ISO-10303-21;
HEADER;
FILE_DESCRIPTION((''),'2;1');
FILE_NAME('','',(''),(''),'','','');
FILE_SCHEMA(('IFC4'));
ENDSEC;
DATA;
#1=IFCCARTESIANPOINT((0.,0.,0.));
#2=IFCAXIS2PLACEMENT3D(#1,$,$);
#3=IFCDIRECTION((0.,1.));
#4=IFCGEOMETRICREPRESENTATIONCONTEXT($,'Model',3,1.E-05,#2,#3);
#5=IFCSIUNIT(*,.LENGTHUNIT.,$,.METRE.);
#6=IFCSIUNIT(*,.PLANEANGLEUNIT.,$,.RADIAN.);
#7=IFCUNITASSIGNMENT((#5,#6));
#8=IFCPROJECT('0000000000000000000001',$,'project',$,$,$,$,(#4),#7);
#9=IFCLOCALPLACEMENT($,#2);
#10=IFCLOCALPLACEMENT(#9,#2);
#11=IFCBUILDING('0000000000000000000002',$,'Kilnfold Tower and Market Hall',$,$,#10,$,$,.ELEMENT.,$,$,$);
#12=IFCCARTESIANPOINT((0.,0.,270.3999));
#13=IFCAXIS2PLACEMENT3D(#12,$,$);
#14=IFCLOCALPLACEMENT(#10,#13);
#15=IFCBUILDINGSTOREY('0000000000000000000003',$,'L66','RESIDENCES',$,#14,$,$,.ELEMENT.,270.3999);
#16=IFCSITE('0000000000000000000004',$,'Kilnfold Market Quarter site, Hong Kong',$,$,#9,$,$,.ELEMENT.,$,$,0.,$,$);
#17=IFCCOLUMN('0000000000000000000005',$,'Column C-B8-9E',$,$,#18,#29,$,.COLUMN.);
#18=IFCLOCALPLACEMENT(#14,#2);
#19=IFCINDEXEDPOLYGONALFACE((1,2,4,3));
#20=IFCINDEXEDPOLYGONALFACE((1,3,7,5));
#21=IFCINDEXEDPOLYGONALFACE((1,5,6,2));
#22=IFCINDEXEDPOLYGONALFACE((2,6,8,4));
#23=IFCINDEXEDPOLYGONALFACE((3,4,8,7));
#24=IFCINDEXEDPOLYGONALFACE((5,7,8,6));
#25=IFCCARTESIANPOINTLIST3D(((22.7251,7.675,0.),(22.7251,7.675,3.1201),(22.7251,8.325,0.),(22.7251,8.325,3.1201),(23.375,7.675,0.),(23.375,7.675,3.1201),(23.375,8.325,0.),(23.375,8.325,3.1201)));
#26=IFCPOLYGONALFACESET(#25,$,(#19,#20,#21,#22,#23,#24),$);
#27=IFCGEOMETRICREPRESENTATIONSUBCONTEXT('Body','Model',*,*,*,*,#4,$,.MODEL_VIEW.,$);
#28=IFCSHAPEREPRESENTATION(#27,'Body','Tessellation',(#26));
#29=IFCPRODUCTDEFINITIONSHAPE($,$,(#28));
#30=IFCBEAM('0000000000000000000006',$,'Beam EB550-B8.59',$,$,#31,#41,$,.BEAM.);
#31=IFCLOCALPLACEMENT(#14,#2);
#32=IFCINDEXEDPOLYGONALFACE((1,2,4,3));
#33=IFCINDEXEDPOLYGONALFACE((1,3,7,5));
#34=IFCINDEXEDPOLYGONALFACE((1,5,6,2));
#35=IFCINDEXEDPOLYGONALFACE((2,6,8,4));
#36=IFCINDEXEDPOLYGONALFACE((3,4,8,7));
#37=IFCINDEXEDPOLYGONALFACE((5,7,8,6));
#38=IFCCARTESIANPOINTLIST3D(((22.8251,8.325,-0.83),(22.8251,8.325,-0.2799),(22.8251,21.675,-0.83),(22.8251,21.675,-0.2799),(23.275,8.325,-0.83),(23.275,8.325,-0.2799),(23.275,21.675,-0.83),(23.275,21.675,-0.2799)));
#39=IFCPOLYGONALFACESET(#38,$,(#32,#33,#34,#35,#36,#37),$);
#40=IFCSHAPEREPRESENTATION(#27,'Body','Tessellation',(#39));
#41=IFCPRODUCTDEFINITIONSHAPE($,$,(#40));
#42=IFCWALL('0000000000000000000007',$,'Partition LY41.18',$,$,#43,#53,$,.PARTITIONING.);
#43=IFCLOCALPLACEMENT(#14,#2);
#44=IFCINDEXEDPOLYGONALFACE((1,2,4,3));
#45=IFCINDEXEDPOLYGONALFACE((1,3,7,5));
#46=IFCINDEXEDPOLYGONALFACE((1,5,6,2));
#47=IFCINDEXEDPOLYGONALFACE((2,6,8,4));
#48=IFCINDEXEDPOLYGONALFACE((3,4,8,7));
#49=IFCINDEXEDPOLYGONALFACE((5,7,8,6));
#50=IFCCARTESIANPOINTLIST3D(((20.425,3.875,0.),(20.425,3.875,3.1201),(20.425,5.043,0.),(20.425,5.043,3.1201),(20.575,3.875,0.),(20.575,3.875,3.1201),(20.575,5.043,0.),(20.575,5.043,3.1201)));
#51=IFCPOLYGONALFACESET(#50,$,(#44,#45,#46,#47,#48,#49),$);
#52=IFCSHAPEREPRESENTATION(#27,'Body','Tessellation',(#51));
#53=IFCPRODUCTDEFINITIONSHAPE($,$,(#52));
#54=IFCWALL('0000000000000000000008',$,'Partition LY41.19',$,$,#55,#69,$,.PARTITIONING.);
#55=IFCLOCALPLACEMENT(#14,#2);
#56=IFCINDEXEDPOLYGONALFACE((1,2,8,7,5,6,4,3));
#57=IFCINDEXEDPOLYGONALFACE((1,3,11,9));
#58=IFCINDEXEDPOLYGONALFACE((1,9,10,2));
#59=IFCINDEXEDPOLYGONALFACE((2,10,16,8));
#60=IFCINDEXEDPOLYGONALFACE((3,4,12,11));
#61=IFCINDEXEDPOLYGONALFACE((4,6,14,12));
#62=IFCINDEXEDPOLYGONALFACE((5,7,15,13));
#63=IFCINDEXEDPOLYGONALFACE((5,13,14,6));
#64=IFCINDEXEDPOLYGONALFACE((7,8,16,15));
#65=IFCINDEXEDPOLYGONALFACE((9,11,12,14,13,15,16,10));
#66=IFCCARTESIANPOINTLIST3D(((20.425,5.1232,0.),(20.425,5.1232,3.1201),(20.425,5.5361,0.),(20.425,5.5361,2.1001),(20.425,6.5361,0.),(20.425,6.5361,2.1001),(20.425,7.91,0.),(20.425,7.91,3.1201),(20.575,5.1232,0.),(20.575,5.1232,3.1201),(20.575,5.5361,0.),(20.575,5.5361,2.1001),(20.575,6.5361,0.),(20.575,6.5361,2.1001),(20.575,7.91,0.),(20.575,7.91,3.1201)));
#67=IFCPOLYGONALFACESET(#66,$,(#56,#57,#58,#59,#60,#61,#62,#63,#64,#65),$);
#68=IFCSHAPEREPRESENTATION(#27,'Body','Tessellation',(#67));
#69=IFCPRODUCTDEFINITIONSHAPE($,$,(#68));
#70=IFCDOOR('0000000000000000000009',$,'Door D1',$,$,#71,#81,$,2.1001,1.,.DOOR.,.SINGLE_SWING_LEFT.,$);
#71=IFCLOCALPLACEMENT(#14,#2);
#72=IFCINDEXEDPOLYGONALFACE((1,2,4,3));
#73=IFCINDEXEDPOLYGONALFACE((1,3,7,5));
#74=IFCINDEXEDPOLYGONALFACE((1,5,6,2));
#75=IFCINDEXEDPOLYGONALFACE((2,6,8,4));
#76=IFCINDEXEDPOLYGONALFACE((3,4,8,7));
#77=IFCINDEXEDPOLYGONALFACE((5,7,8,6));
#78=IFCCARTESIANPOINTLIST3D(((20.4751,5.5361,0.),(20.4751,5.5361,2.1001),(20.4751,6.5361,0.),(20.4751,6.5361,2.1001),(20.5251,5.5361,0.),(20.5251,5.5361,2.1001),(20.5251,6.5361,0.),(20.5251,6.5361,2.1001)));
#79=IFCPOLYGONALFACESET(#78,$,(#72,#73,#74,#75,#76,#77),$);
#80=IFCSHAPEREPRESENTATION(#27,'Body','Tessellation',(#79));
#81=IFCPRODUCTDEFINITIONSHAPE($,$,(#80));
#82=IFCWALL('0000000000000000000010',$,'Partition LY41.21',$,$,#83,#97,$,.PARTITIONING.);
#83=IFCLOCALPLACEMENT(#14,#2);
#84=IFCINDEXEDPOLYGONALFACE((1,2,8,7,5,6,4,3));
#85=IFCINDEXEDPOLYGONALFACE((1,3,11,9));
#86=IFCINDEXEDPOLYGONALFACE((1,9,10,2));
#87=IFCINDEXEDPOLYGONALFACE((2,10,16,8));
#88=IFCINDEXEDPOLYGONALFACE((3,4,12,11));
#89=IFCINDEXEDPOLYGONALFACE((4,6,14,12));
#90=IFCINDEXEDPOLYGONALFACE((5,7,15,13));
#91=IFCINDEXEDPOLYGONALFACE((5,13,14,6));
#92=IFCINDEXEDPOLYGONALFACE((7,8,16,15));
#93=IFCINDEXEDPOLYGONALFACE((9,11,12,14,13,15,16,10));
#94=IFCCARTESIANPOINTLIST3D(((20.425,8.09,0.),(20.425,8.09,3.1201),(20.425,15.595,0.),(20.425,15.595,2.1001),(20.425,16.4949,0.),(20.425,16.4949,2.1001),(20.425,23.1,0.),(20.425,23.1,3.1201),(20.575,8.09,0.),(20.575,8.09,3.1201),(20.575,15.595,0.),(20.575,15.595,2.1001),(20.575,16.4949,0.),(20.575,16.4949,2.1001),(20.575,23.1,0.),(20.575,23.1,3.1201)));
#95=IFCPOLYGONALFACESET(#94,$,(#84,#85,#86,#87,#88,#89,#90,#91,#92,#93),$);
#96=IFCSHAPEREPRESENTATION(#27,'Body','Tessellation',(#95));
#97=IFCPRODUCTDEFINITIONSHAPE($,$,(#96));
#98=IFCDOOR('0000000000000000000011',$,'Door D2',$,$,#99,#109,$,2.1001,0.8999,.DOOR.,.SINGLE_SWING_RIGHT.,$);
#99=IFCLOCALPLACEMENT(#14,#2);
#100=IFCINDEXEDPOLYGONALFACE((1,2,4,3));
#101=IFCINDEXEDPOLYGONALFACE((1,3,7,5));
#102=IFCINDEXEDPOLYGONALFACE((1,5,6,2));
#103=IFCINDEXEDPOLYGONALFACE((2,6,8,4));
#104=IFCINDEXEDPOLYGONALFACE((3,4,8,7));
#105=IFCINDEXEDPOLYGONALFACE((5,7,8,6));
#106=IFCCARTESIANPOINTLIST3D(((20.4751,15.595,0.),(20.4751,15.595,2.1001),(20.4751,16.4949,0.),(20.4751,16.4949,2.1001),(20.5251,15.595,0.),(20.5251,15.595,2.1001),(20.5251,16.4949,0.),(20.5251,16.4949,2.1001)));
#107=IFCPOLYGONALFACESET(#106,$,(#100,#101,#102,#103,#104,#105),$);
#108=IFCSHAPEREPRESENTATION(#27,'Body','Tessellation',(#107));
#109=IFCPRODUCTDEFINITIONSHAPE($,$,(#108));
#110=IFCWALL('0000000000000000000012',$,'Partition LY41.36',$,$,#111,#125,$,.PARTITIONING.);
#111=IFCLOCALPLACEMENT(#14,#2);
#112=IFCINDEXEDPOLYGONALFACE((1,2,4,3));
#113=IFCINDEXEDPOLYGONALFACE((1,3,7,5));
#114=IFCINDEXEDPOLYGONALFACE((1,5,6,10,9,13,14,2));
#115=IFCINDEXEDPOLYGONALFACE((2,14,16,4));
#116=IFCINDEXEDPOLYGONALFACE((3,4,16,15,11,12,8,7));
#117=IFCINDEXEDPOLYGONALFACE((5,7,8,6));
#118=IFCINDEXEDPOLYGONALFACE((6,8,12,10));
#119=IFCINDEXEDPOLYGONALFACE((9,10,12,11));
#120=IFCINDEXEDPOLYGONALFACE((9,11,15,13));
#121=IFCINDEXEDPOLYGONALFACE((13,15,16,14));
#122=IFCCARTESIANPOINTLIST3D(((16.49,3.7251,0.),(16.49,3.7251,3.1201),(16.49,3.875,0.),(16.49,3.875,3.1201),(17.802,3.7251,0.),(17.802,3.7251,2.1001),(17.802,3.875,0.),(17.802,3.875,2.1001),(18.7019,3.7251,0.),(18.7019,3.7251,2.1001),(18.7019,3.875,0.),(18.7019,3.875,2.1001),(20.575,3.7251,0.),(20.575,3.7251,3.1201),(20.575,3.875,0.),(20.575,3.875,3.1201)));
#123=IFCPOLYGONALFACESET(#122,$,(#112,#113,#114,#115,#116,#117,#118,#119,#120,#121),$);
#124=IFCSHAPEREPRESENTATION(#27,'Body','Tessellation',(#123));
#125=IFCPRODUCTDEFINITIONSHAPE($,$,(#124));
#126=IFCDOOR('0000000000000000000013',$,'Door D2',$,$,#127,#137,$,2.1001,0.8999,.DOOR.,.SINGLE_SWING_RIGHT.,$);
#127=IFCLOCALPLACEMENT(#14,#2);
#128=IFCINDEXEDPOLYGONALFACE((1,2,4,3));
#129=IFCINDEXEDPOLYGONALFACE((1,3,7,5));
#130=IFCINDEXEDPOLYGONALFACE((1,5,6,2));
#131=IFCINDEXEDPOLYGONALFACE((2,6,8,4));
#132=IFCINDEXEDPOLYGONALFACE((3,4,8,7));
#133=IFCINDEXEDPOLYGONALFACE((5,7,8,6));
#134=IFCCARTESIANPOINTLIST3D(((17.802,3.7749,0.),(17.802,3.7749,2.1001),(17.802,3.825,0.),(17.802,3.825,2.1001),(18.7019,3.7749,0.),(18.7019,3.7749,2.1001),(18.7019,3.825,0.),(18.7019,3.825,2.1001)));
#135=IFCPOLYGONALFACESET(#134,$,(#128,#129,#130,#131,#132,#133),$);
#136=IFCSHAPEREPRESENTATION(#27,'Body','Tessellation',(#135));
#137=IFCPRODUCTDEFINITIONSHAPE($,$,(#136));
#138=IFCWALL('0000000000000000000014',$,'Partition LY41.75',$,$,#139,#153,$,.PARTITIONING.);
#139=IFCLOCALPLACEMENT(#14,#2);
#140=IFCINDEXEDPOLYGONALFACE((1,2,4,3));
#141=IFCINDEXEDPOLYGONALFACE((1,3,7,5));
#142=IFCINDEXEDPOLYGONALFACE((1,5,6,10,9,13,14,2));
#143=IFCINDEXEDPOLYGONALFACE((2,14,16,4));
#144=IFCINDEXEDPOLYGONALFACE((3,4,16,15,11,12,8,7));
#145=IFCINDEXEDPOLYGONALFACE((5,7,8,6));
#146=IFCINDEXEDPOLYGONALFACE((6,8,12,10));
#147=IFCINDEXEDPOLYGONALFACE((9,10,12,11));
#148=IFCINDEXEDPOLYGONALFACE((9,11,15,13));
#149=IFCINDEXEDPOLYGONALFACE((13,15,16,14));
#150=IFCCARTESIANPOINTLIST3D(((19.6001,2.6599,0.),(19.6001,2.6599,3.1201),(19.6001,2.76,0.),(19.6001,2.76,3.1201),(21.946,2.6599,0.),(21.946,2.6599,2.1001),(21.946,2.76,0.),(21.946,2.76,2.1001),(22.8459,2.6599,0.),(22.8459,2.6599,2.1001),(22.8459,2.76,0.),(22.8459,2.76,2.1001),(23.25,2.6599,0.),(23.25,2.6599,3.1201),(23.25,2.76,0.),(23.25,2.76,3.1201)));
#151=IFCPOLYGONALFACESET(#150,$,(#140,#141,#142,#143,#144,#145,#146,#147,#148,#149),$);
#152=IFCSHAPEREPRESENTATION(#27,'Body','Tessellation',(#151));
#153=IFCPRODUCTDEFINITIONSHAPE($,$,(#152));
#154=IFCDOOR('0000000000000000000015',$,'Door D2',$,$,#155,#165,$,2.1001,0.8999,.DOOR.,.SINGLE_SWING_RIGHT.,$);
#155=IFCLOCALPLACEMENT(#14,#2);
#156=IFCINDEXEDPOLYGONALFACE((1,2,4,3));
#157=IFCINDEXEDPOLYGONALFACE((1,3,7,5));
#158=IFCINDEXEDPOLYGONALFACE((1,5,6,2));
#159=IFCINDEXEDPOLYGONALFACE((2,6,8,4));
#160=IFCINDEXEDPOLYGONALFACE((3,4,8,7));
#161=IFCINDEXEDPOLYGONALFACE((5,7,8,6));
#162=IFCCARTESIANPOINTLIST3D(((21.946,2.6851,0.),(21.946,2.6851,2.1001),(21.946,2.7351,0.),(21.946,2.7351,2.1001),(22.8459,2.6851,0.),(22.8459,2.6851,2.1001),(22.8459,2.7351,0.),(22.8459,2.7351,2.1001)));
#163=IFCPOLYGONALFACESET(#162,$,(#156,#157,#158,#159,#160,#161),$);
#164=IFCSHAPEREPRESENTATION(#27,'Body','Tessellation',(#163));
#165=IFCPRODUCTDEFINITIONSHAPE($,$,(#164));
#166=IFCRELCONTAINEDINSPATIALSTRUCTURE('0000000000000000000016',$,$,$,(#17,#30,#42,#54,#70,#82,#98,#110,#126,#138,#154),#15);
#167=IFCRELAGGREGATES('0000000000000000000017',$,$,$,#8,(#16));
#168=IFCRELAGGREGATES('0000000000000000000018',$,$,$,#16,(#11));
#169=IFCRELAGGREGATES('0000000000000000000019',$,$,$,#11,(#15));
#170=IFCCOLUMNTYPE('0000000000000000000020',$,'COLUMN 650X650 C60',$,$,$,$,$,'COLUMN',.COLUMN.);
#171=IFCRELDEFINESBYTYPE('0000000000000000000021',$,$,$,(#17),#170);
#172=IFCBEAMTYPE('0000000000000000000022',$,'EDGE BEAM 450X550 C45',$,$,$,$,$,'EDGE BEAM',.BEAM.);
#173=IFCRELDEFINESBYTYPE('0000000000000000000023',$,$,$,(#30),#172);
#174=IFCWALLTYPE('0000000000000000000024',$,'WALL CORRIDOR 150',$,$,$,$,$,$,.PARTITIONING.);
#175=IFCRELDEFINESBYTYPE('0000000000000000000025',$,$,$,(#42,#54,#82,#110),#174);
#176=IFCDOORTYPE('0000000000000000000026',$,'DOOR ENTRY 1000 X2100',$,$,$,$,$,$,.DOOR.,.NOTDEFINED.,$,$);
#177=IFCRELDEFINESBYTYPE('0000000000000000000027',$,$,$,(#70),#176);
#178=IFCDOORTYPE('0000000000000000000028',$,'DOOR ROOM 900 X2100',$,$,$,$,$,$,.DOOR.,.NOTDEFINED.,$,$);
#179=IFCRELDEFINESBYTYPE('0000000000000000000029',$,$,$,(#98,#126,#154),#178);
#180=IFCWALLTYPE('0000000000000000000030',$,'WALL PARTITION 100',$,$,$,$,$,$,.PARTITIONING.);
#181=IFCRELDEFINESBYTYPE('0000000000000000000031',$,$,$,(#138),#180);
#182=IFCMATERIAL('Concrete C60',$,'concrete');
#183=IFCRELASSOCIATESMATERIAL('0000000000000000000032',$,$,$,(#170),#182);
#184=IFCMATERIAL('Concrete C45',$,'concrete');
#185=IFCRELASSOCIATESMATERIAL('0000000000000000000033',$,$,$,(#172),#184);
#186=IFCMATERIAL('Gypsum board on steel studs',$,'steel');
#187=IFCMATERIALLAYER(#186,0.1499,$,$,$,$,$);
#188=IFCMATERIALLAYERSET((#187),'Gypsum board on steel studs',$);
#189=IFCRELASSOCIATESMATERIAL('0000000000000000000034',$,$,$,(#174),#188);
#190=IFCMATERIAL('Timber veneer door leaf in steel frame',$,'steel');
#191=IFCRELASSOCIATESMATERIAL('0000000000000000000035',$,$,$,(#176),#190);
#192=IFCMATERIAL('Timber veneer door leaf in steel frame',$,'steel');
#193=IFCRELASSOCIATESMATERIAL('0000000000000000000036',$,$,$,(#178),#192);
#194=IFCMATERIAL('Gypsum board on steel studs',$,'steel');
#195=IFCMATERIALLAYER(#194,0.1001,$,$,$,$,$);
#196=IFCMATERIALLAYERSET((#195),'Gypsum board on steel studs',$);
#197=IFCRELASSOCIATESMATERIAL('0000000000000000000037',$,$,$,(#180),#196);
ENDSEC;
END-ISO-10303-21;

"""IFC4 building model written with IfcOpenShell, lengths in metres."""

from ifc_helpers import new_model, si_unit, direction, frame, frame_2d, origin, origin_2d, place, context, subcontext, project, spatial, rectangle, extrude, source, transform, mapped, material, layer, layer_set, material_profile, profile_set, type_object, element, fill, save


model = new_model("IFC4")

# Units and contexts
model_context = context("Model", 3, precision=1e-05, world=origin(), true_north=direction((0.0, 1.0)))
body_context = subcontext(model_context, "Body", "Model", "MODEL_VIEW")
ifc_project = project(units=[si_unit("LENGTHUNIT", "METRE"), si_unit("PLANEANGLEUNIT", "RADIAN")], contexts=[model_context])

# Site, building, storey
site_placement = place(None, origin())
site = spatial("IfcSite", under=ifc_project, at=site_placement, Name="Kilnfold Market Quarter site, Hong Kong", CompositionType="ELEMENT", RefElevation=0.0)
building_placement = place(site_placement, origin())
building = spatial("IfcBuilding", under=site, at=building_placement, Name="Kilnfold Tower and Market Hall", CompositionType="ELEMENT")
storey_placement = place(building_placement, frame((0.0, 0.0, 270.3999)))
storey = spatial("IfcBuildingStorey", under=building, at=storey_placement, Name="L66", Description="RESIDENCES", CompositionType="ELEMENT", Elevation=270.3999)

# Column
ifc_material_1 = material(Name="Concrete C60", Category="concrete")
ifc_material_profile_1 = material_profile(ifc_material_1, rectangle(XDim=0.6499, YDim=0.6499, at=origin_2d()), Name="RC 650x650")
ifc_profile_set_1 = profile_set([ifc_material_profile_1], Name="Concrete C60")
column_type = type_object("IfcColumnType", Name="COLUMN 650X650 C60", ElementType="COLUMN", PredefinedType="COLUMN", material=ifc_profile_set_1)
shared_shape_1 = source(origin(), body_context, "Body", "SweptSolid", [
    extrude(rectangle(XDim=0.6499, YDim=0.6499, at=origin_2d()), origin(), (0.0, 0.0, 1.0), 3.1201),
])
column_placement = place(storey_placement, frame((23.05, 8.0, 0.0), z_axis=(0.0, 0.0, 1.0), x_axis=(1.0, 0.0, 0.0)))
element("IfcColumn", 1, at=column_placement, inside=storey, type_object=column_type, Name="Column C-B8-9E", PredefinedType="COLUMN", context=body_context, shape_type="MappedRepresentation", body=[
    mapped(shared_shape_1, transform((0.0, 0.0, 0.0))),
])

# Beam
ifc_material_2 = material(Name="Concrete C45", Category="concrete")
ifc_material_profile_2 = material_profile(ifc_material_2, rectangle(XDim=0.45, YDim=0.55, at=origin_2d()), Name="RC 450x550")
ifc_profile_set_2 = profile_set([ifc_material_profile_2], Name="Concrete C45")
beam_type = type_object("IfcBeamType", Name="EDGE BEAM 450X550 C45", ElementType="EDGE BEAM", PredefinedType="BEAM", material=ifc_profile_set_2)
shared_shape_2 = source(origin(), body_context, "Body", "SweptSolid", [
    extrude(rectangle(XDim=0.45, YDim=0.55, at=origin_2d()), origin(), (0.0, 0.0, 1.0), 13.3501),
])
beam_placement = place(storey_placement, frame((23.05, 8.325, -0.5549), z_axis=(0.0, 1.0, 0.0), x_axis=(-1.0, 0.0, 0.0)))
element("IfcBeam", 2, at=beam_placement, inside=storey, type_object=beam_type, Name="Beam EB550-B8.59", PredefinedType="BEAM", context=body_context, shape_type="MappedRepresentation", body=[
    mapped(shared_shape_2, transform((0.0, 0.0, 0.0))),
])

# Wall
ifc_material_3 = material(Name="Gypsum board on steel studs", Category="steel")
ifc_layer_1 = layer(ifc_material_3, 0.1499)
ifc_layer_set_1 = layer_set([ifc_layer_1], Name="Gypsum board on steel studs")
wall_type_1 = type_object("IfcWallType", Name="WALL CORRIDOR 150", PredefinedType="PARTITIONING", material=ifc_layer_set_1)
wall_1_placement = place(storey_placement, frame((20.5, 3.875, 0.0), z_axis=(0.0, 0.0, 1.0), x_axis=(0.0, 1.0, 0.0)))
element("IfcWall", 3, at=wall_1_placement, inside=storey, type_object=wall_type_1, Name="Partition LY41.18", PredefinedType="PARTITIONING", context=body_context, shape_type="SweptSolid", body=[
    extrude(rectangle(XDim=1.168, YDim=0.1499, at=frame_2d((0.584, 0.0))), origin(), (0.0, 0.0, 1.0), 3.1201),
])

# Walls, openings, doors
wall_2_placement = place(storey_placement, frame((20.5, 5.123, 0.0), z_axis=(0.0, 0.0, 1.0), x_axis=(0.0, 1.0, 0.0)))
wall_2 = element("IfcWall", 4, at=wall_2_placement, inside=storey, type_object=wall_type_1, Name="Partition LY41.19", PredefinedType="PARTITIONING", context=body_context, shape_type="SweptSolid", body=[
    extrude(rectangle(XDim=2.7869, YDim=0.1499, at=frame_2d((1.3936, 0.0))), origin(), (0.0, 0.0, 1.0), 3.1201),
])
opening_1_placement = place(wall_2_placement, frame((0.4131, 0.0, 0.0)))
opening_1 = element("IfcOpeningElement", 5, at=opening_1_placement, cuts=wall_2, PredefinedType="OPENING", context=body_context, shape_type="SweptSolid", body=[
    extrude(rectangle(XDim=1.0, YDim=2.1001, at=frame_2d((0.5, 1.05))), frame((0.0, 0.085, 0.0), z_axis=(0.0, -1.0, 0.0), x_axis=(1.0, 0.0, 0.0)), (0.0, 0.0, 1.0), 0.1699),
])
ifc_material_4 = material(Name="Timber veneer door leaf in steel frame", Category="steel")
door_type_1 = type_object("IfcDoorType", Name="DOOR ENTRY 1000 X2100", OperationType="NOTDEFINED", PredefinedType="DOOR", material=ifc_material_4)
door_1_placement = place(opening_1_placement, origin())
door_1 = element("IfcDoor", 6, at=door_1_placement, inside=storey, type_object=door_type_1, Name="Door D1", OperationType="SINGLE_SWING_LEFT", OverallHeight=2.1001, OverallWidth=1.0, PredefinedType="DOOR", context=body_context, shape_type="SweptSolid", body=[
    extrude(rectangle(XDim=1.0, YDim=2.1001, at=frame_2d((0.5, 1.05))), frame((0.0, 0.0249, 0.0), z_axis=(0.0, -1.0, 0.0), x_axis=(1.0, 0.0, 0.0)), (0.0, 0.0, 1.0), 0.05),
])
fill(opening_1, door_1)
wall_3_placement = place(storey_placement, frame((20.5, 8.0901, 0.0), z_axis=(0.0, 0.0, 1.0), x_axis=(0.0, 1.0, 0.0)))
wall_3 = element("IfcWall", 7, at=wall_3_placement, inside=storey, type_object=wall_type_1, Name="Partition LY41.21", PredefinedType="PARTITIONING", context=body_context, shape_type="SweptSolid", body=[
    extrude(rectangle(XDim=15.01, YDim=0.1499, at=frame_2d((7.5049, 0.0))), origin(), (0.0, 0.0, 1.0), 3.1201),
])
opening_2_placement = place(wall_3_placement, frame((7.5049, 0.0, 0.0)))
opening_2 = element("IfcOpeningElement", 8, at=opening_2_placement, cuts=wall_3, PredefinedType="OPENING", context=body_context, shape_type="SweptSolid", body=[
    extrude(rectangle(XDim=0.8999, YDim=2.1001, at=frame_2d((0.45, 1.05))), frame((0.0, 0.085, 0.0), z_axis=(0.0, -1.0, 0.0), x_axis=(1.0, 0.0, 0.0)), (0.0, 0.0, 1.0), 0.1699),
])
ifc_material_5 = material(Name="Timber veneer door leaf in steel frame", Category="steel")
door_type_2 = type_object("IfcDoorType", Name="DOOR ROOM 900 X2100", OperationType="NOTDEFINED", PredefinedType="DOOR", material=ifc_material_5)
door_2_placement = place(opening_2_placement, origin())
door_2 = element("IfcDoor", 9, at=door_2_placement, inside=storey, type_object=door_type_2, Name="Door D2", OperationType="SINGLE_SWING_RIGHT", OverallHeight=2.1001, OverallWidth=0.8999, PredefinedType="DOOR", context=body_context, shape_type="SweptSolid", body=[
    extrude(rectangle(XDim=0.8999, YDim=2.1001, at=frame_2d((0.45, 1.05))), frame((0.0, 0.0249, 0.0), z_axis=(0.0, -1.0, 0.0), x_axis=(1.0, 0.0, 0.0)), (0.0, 0.0, 1.0), 0.05),
])
fill(opening_2, door_2)
wall_4_placement = place(storey_placement, frame((16.49, 3.8, 0.0), z_axis=(0.0, 0.0, 1.0), x_axis=(1.0, 0.0, 0.0)))
wall_4 = element("IfcWall", 10, at=wall_4_placement, inside=storey, type_object=wall_type_1, Name="Partition LY41.36", PredefinedType="PARTITIONING", context=body_context, shape_type="SweptSolid", body=[
    extrude(rectangle(XDim=4.085, YDim=0.1499, at=frame_2d((2.0425, 0.0))), origin(), (0.0, 0.0, 1.0), 3.1201),
])
opening_3_placement = place(wall_4_placement, frame((1.312, 0.0, 0.0)))
opening_3 = element("IfcOpeningElement", 11, at=opening_3_placement, cuts=wall_4, PredefinedType="OPENING", context=body_context, shape_type="SweptSolid", body=[
    extrude(rectangle(XDim=0.8999, YDim=2.1001, at=frame_2d((0.45, 1.05))), frame((0.0, 0.085, 0.0), z_axis=(0.0, -1.0, 0.0), x_axis=(1.0, 0.0, 0.0)), (0.0, 0.0, 1.0), 0.1699),
])
door_3_placement = place(opening_3_placement, origin())
door_3 = element("IfcDoor", 12, at=door_3_placement, inside=storey, type_object=door_type_2, Name="Door D2", OperationType="SINGLE_SWING_RIGHT", OverallHeight=2.1001, OverallWidth=0.8999, PredefinedType="DOOR", context=body_context, shape_type="SweptSolid", body=[
    extrude(rectangle(XDim=0.8999, YDim=2.1001, at=frame_2d((0.45, 1.05))), frame((0.0, 0.0249, 0.0), z_axis=(0.0, -1.0, 0.0), x_axis=(1.0, 0.0, 0.0)), (0.0, 0.0, 1.0), 0.05),
])
fill(opening_3, door_3)
ifc_material_6 = material(Name="Gypsum board on steel studs", Category="steel")
ifc_layer_2 = layer(ifc_material_6, 0.1001)
ifc_layer_set_2 = layer_set([ifc_layer_2], Name="Gypsum board on steel studs")
wall_type_2 = type_object("IfcWallType", Name="WALL PARTITION 100", PredefinedType="PARTITIONING", material=ifc_layer_set_2)
wall_5_placement = place(storey_placement, frame((23.25, 2.71, 0.0), z_axis=(0.0, 0.0, 1.0), x_axis=(-1.0, 0.0, 0.0)))
wall_5 = element("IfcWall", 13, at=wall_5_placement, inside=storey, type_object=wall_type_2, Name="Partition LY41.75", PredefinedType="PARTITIONING", context=body_context, shape_type="SweptSolid", body=[
    extrude(rectangle(XDim=3.6499, YDim=0.1001, at=frame_2d((1.825, 0.0))), origin(), (0.0, 0.0, 1.0), 3.1201),
])
opening_4_placement = place(wall_5_placement, frame((0.4041, 0.0, 0.0)))
opening_4 = element("IfcOpeningElement", 14, at=opening_4_placement, cuts=wall_5, PredefinedType="OPENING", context=body_context, shape_type="SweptSolid", body=[
    extrude(rectangle(XDim=0.8999, YDim=2.1001, at=frame_2d((0.45, 1.05))), frame((0.0, 0.0601, 0.0), z_axis=(0.0, -1.0, 0.0), x_axis=(1.0, 0.0, 0.0)), (0.0, 0.0, 1.0), 0.1201),
])
door_4_placement = place(opening_4_placement, origin())
door_4 = element("IfcDoor", 15, at=door_4_placement, inside=storey, type_object=door_type_2, Name="Door D2", OperationType="SINGLE_SWING_RIGHT", OverallHeight=2.1001, OverallWidth=0.8999, PredefinedType="DOOR", context=body_context, shape_type="SweptSolid", body=[
    extrude(rectangle(XDim=0.8999, YDim=2.1001, at=frame_2d((0.45, 1.05))), frame((0.0, 0.0249, 0.0), z_axis=(0.0, -1.0, 0.0), x_axis=(1.0, 0.0, 0.0)), (0.0, 0.0, 1.0), 0.05),
])
fill(opening_4, door_4)

save(model, "model.ifc")
